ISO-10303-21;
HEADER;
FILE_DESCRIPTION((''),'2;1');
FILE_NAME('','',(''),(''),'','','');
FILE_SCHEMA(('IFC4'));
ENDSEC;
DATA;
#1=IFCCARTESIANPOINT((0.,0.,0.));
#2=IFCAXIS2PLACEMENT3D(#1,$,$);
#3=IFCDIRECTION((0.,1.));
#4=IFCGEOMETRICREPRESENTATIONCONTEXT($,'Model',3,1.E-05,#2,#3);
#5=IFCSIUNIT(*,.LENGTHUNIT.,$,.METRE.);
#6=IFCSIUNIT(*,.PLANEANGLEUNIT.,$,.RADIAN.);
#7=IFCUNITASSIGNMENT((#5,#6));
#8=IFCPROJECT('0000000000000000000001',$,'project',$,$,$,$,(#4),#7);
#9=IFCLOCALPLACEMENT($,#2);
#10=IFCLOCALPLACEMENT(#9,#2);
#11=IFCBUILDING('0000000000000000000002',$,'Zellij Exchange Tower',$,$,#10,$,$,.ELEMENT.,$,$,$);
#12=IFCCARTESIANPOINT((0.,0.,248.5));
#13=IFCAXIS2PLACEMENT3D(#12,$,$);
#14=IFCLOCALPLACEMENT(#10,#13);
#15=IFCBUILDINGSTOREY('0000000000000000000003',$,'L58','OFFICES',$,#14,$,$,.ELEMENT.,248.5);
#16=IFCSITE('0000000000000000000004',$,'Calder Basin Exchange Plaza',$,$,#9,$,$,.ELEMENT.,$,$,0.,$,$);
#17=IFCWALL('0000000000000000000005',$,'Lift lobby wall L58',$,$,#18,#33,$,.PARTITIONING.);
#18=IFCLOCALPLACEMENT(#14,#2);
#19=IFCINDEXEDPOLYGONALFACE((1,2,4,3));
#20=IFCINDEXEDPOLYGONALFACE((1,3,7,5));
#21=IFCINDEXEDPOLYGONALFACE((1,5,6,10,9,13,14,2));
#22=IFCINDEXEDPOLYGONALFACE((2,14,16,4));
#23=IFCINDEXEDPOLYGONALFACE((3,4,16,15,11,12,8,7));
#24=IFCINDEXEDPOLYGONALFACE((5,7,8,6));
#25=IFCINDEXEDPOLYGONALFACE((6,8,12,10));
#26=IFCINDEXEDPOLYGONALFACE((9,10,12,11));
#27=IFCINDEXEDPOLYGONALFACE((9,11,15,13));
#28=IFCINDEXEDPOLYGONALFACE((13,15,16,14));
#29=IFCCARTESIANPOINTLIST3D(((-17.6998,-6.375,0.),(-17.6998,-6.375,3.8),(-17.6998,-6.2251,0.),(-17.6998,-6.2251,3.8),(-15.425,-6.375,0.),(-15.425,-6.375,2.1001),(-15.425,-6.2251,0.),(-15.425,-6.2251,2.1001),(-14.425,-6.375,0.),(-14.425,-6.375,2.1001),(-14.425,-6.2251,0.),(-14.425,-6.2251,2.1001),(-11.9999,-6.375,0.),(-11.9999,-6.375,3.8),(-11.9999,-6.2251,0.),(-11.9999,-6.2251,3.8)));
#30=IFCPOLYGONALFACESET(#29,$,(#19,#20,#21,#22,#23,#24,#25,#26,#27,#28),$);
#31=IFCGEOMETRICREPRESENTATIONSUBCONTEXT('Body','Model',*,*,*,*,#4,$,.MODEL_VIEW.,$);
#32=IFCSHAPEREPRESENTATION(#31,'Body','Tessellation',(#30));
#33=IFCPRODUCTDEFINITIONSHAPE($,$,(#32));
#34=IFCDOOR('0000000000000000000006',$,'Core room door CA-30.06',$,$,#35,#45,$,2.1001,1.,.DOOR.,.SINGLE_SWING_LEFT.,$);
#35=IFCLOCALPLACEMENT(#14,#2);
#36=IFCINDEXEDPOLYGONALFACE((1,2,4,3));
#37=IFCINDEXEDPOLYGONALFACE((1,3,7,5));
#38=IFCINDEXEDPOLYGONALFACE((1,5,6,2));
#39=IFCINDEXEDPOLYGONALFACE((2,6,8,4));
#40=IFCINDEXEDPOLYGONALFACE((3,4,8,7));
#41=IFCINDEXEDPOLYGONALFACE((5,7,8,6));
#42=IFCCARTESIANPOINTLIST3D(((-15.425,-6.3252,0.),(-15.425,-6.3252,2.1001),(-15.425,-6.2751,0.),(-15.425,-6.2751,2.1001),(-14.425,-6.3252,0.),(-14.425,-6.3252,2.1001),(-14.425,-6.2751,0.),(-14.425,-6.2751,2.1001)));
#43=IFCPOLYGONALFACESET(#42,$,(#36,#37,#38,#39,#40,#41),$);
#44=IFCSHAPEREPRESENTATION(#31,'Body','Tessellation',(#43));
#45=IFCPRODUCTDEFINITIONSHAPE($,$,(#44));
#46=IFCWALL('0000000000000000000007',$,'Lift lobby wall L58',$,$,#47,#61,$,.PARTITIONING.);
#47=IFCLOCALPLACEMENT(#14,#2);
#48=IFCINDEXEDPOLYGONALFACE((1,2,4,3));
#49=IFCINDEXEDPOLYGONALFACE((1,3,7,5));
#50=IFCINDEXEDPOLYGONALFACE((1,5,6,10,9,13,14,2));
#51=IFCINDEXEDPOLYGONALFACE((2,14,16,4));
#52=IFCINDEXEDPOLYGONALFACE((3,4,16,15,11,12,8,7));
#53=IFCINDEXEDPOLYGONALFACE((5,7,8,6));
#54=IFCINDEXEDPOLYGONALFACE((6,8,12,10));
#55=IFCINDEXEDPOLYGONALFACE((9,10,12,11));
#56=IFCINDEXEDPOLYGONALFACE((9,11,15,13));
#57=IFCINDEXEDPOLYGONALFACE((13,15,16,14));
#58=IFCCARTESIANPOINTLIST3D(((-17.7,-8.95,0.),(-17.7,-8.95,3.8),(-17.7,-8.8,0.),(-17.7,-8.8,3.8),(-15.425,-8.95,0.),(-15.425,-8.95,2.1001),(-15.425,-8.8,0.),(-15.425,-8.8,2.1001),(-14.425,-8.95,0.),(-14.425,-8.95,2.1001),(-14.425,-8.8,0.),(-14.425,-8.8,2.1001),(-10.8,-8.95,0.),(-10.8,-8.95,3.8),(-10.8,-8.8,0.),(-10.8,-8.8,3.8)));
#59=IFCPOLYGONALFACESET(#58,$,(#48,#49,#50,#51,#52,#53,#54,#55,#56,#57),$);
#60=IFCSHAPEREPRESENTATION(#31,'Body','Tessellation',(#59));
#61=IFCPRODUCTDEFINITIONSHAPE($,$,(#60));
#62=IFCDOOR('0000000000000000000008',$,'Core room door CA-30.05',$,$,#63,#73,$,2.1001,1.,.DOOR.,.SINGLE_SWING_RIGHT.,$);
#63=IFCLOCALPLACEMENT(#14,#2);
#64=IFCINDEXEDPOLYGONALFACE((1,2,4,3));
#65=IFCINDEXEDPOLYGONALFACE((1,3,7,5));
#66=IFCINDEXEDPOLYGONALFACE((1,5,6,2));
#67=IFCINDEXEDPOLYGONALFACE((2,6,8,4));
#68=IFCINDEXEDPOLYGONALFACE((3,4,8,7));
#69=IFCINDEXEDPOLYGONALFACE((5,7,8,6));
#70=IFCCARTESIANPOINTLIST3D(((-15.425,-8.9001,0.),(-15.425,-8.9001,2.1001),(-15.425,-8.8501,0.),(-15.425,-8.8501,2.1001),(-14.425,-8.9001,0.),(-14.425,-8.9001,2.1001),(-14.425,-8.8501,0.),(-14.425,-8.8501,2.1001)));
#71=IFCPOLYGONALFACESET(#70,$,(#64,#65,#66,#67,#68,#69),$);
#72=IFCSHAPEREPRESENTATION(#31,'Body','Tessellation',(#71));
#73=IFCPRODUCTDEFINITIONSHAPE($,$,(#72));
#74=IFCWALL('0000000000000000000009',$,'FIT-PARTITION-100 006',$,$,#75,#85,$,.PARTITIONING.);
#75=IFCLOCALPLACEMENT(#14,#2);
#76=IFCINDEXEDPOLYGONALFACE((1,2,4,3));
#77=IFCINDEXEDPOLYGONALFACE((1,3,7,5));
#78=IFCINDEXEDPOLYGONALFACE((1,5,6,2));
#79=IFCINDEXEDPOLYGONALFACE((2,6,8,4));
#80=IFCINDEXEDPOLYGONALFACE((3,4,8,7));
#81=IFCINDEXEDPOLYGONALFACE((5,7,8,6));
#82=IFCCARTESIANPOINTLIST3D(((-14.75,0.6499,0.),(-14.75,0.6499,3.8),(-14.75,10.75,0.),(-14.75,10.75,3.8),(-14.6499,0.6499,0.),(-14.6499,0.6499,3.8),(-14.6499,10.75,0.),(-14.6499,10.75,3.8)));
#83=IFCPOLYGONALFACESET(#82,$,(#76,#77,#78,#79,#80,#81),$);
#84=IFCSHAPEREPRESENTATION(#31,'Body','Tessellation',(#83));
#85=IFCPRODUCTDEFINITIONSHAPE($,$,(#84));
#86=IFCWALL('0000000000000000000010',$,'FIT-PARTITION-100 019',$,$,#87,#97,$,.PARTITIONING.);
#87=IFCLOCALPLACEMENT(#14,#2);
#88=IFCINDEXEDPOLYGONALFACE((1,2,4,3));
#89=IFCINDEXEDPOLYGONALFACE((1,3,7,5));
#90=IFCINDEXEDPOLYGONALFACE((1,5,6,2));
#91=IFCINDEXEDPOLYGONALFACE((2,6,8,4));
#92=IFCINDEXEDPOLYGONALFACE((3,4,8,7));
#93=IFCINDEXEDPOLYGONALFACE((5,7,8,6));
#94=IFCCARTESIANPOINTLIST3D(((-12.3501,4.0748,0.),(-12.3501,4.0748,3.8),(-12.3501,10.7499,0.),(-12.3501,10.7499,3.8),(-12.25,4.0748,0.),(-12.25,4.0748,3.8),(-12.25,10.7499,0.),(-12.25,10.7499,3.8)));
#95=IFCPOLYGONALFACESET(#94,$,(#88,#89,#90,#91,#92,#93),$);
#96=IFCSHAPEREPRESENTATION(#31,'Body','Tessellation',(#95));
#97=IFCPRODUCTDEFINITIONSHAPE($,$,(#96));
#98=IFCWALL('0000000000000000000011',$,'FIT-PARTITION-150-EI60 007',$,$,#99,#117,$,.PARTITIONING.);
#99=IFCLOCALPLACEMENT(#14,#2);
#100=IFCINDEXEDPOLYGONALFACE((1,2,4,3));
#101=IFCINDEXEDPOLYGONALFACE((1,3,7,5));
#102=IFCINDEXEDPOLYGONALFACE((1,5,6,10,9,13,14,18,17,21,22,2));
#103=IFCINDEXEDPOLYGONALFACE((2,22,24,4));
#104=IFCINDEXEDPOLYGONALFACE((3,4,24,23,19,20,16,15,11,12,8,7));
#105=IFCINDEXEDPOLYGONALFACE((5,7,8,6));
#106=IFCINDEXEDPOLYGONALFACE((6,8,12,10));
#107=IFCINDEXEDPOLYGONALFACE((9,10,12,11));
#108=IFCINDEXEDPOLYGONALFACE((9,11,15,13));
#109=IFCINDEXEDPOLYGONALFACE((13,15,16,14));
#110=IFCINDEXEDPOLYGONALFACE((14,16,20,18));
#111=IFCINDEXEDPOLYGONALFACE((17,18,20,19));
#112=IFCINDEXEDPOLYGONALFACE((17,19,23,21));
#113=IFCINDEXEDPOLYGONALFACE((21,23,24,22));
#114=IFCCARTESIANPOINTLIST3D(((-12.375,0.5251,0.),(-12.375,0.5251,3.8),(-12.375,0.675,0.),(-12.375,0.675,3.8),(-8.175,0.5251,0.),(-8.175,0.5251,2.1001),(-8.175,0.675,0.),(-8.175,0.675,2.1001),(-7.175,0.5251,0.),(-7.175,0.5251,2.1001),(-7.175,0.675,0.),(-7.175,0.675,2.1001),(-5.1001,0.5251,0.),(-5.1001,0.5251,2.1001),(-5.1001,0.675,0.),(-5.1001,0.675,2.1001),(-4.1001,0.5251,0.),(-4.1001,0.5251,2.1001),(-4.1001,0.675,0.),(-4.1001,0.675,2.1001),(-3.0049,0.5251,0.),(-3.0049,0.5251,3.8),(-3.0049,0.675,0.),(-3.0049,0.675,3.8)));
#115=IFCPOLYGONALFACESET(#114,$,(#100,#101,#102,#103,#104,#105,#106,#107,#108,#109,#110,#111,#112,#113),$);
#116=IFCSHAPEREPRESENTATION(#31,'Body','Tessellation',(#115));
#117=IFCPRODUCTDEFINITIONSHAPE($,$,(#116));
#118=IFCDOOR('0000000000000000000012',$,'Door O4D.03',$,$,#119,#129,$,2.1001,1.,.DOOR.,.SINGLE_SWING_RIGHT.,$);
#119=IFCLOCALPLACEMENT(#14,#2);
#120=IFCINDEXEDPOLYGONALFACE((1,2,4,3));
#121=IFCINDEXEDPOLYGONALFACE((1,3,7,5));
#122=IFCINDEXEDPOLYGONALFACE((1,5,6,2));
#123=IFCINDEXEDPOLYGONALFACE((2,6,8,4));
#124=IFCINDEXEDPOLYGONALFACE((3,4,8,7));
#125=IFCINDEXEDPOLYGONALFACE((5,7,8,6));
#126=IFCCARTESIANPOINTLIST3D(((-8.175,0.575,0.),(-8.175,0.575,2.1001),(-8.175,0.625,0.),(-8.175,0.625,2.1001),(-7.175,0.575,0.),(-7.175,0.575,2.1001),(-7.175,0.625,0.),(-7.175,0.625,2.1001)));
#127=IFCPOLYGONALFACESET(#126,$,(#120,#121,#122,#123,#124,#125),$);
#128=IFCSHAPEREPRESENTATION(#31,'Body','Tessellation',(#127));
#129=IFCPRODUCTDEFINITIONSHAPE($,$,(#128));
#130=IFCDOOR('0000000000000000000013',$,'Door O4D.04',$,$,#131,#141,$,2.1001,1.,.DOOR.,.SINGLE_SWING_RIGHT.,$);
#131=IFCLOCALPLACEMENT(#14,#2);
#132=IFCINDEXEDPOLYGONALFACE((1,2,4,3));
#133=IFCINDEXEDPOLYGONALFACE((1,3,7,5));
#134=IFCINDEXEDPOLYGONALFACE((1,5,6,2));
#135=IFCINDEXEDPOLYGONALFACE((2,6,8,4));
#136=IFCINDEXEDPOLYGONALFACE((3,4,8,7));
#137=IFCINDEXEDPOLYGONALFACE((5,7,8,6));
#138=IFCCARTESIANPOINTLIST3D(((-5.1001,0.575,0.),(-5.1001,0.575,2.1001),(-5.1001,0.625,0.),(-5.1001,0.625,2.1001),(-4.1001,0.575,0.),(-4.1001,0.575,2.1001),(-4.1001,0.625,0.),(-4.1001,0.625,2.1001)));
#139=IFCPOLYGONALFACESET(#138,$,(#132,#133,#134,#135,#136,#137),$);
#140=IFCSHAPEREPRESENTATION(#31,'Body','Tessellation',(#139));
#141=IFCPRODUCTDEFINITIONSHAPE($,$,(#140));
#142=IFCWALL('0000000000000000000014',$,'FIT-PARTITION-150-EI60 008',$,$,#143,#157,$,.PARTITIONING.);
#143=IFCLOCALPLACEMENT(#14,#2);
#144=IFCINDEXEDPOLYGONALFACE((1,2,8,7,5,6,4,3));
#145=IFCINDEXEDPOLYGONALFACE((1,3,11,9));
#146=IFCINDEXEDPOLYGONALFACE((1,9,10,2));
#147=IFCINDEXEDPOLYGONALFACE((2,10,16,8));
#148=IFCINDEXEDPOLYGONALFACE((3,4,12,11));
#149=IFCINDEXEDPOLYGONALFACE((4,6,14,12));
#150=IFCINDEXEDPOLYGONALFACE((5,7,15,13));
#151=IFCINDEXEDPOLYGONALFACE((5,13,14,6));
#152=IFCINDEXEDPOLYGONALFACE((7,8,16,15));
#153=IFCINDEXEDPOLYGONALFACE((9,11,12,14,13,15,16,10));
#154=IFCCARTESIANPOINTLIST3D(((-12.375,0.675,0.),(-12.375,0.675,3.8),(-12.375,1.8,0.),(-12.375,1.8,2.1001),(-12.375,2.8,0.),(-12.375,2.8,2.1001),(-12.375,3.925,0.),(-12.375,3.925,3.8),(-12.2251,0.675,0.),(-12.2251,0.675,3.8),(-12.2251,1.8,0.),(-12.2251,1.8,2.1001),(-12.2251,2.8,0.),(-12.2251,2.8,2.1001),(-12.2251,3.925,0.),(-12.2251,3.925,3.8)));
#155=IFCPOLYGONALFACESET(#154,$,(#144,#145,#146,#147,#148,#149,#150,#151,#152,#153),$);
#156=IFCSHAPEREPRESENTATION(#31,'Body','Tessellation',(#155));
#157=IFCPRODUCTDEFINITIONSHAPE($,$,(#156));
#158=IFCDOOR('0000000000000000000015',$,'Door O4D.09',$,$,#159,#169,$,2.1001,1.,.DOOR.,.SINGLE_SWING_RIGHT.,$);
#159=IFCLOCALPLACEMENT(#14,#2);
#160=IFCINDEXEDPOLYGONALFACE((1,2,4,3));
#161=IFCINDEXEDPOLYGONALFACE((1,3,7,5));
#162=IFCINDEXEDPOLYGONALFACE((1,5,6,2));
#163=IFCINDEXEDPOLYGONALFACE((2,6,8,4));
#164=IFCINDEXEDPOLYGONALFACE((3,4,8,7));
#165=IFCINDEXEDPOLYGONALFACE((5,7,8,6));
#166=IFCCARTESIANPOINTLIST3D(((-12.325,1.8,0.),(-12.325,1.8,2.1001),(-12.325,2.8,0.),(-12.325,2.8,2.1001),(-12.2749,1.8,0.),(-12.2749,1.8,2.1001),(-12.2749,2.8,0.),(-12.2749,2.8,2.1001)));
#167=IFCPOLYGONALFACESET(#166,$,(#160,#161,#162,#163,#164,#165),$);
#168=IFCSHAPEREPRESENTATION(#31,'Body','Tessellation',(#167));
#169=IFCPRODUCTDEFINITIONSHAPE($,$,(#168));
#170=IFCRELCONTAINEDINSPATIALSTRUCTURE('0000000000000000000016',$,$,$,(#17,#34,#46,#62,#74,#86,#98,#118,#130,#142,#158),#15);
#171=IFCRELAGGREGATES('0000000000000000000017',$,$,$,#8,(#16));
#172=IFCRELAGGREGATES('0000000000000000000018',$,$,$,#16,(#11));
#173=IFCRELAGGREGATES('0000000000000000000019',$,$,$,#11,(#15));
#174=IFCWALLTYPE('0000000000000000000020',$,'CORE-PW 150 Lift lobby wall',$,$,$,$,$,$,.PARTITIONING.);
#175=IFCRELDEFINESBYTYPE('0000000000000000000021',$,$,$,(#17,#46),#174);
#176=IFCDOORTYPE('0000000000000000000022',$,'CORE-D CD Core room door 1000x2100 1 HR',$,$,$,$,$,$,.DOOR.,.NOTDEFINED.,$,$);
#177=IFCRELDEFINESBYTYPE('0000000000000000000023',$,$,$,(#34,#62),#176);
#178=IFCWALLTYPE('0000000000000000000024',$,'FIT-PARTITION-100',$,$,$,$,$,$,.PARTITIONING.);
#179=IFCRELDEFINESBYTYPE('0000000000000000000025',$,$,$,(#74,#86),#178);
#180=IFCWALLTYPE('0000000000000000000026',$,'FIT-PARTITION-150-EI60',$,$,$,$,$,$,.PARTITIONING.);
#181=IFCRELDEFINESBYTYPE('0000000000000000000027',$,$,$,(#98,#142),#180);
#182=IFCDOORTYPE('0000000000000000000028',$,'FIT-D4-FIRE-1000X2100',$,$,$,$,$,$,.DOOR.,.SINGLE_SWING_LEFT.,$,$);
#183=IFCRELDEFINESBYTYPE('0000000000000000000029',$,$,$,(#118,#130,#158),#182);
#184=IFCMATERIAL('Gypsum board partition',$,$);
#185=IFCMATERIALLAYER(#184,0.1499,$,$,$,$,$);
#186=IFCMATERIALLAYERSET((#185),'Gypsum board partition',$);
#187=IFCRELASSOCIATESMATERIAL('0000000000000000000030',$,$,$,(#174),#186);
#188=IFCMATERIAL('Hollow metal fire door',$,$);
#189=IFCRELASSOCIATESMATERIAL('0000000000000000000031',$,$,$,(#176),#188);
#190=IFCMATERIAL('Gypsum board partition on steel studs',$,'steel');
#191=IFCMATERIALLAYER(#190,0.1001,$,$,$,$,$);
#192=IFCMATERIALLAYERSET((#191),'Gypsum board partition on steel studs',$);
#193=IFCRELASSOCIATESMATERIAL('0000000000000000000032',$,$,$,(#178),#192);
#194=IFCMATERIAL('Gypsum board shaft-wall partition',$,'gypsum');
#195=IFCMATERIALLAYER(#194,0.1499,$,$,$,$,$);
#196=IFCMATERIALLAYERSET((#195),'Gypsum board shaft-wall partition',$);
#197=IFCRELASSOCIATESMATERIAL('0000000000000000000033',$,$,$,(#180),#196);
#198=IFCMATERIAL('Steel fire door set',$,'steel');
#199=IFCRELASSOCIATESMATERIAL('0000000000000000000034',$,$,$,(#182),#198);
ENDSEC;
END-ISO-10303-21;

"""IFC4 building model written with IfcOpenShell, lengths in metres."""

from ifc_helpers import new_model, si_unit, direction, frame, frame_2d, origin, place, context, subcontext, project, spatial, rectangle, extrude, material, layer, layer_set, type_object, element, fill, save


model = new_model("IFC4")

# Units and contexts
model_context = context("Model", 3, precision=1e-05, world=origin(), true_north=direction((0.0, 1.0)))
body_context = subcontext(model_context, "Body", "Model", "MODEL_VIEW")
ifc_project = project(units=[si_unit("LENGTHUNIT", "METRE"), si_unit("PLANEANGLEUNIT", "RADIAN")], contexts=[model_context])

# Site, building, storey
site_placement = place(None, origin())
site = spatial("IfcSite", under=ifc_project, at=site_placement, Name="Calder Basin Exchange Plaza", CompositionType="ELEMENT", RefElevation=0.0)
building_placement = place(site_placement, origin())
building = spatial("IfcBuilding", under=site, at=building_placement, Name="Zellij Exchange Tower", CompositionType="ELEMENT")
storey_placement = place(building_placement, frame((0.0, 0.0, 248.5)))
storey = spatial("IfcBuildingStorey", under=building, at=storey_placement, Name="L58", Description="OFFICES", CompositionType="ELEMENT", Elevation=248.5)

# Shared definitions
ifc_material_1 = material(Name="Gypsum board partition")
ifc_layer_1 = layer(ifc_material_1, 0.1499)
ifc_layer_set_1 = layer_set([ifc_layer_1], Name="Gypsum board partition")
wall_type_1 = type_object("IfcWallType", Name="CORE-PW 150 Lift lobby wall", PredefinedType="PARTITIONING", material=ifc_layer_set_1)

# Shared definitions
ifc_material_2 = material(Name="Hollow metal fire door")

# Walls, openings, doors
wall_1_placement = place(storey_placement, frame((-17.7, -6.3, 0.0), z_axis=(0.0, 0.0, 1.0), x_axis=(1.0, 0.0, 0.0)))
wall_1 = element("IfcWall", 1, at=wall_1_placement, inside=storey, type_object=wall_type_1, Name="Lift lobby wall L58", PredefinedType="PARTITIONING", context=body_context, shape_type="SweptSolid", body=[
    extrude(rectangle(XDim=5.7, YDim=0.1499, at=frame_2d((2.8501, 0.0))), origin(), (0.0, 0.0, 1.0), 3.8),
])
opening_1_placement = place(wall_1_placement, frame((2.2749, 0.0, 0.0)))
opening_1 = element("IfcOpeningElement", 2, at=opening_1_placement, cuts=wall_1, PredefinedType="OPENING", context=body_context, shape_type="SweptSolid", body=[
    extrude(rectangle(XDim=1.0, YDim=2.1001, at=frame_2d((0.5, 1.05))), frame((0.0, 0.0869, 0.0), z_axis=(0.0, -1.0, 0.0), x_axis=(1.0, 0.0, 0.0)), (0.0, 0.0, 1.0), 0.1738),
])
door_type_1 = type_object("IfcDoorType", Name="CORE-D CD Core room door 1000x2100 1 HR", OperationType="NOTDEFINED", PredefinedType="DOOR", material=ifc_material_2)
door_1_placement = place(opening_1_placement, origin())
door_1 = element("IfcDoor", 3, at=door_1_placement, inside=storey, type_object=door_type_1, Name="Core room door CA-30.06", OperationType="SINGLE_SWING_LEFT", OverallHeight=2.1001, OverallWidth=1.0, PredefinedType="DOOR", context=body_context, shape_type="SweptSolid", body=[
    extrude(rectangle(XDim=1.0, YDim=2.1001, at=frame_2d((0.5, 1.05))), frame((0.0, 0.0249, 0.0), z_axis=(0.0, -1.0, 0.0), x_axis=(1.0, 0.0, 0.0)), (0.0, 0.0, 1.0), 0.05),
])
fill(opening_1, door_1)
wall_2_placement = place(storey_placement, frame((-17.7, -8.875, 0.0), z_axis=(0.0, 0.0, 1.0), x_axis=(1.0, 0.0, 0.0)))
wall_2 = element("IfcWall", 4, at=wall_2_placement, inside=storey, type_object=wall_type_1, Name="Lift lobby wall L58", PredefinedType="PARTITIONING", context=body_context, shape_type="SweptSolid", body=[
    extrude(rectangle(XDim=6.8999, YDim=0.1499, at=frame_2d((3.45, 0.0))), origin(), (0.0, 0.0, 1.0), 3.8),
])
opening_2_placement = place(wall_2_placement, frame((2.2749, 0.0, 0.0)))
opening_2 = element("IfcOpeningElement", 5, at=opening_2_placement, cuts=wall_2, PredefinedType="OPENING", context=body_context, shape_type="SweptSolid", body=[
    extrude(rectangle(XDim=1.0, YDim=2.1001, at=frame_2d((0.5, 1.05))), frame((0.0, 0.0869, 0.0), z_axis=(0.0, -1.0, 0.0), x_axis=(1.0, 0.0, 0.0)), (0.0, 0.0, 1.0), 0.1738),
])
door_2_placement = place(opening_2_placement, origin())
door_2 = element("IfcDoor", 6, at=door_2_placement, inside=storey, type_object=door_type_1, Name="Core room door CA-30.05", OperationType="SINGLE_SWING_RIGHT", OverallHeight=2.1001, OverallWidth=1.0, PredefinedType="DOOR", context=body_context, shape_type="SweptSolid", body=[
    extrude(rectangle(XDim=1.0, YDim=2.1001, at=frame_2d((0.5, 1.05))), frame((0.0, 0.0249, 0.0), z_axis=(0.0, -1.0, 0.0), x_axis=(1.0, 0.0, 0.0)), (0.0, 0.0, 1.0), 0.05),
])
fill(opening_2, door_2)

# Walls
ifc_material_3 = material(Name="Gypsum board partition on steel studs", Category="steel")
ifc_layer_2 = layer(ifc_material_3, 0.1001)
ifc_layer_set_2 = layer_set([ifc_layer_2], Name="Gypsum board partition on steel studs")
wall_type_2 = type_object("IfcWallType", Name="FIT-PARTITION-100", PredefinedType="PARTITIONING", material=ifc_layer_set_2)
wall_3_placement = place(storey_placement, frame((-14.7, 0.6499, 0.0), z_axis=(0.0, 0.0, 1.0), x_axis=(0.0, 1.0, 0.0)))
element("IfcWall", 7, at=wall_3_placement, inside=storey, type_object=wall_type_2, Name="FIT-PARTITION-100 006", PredefinedType="PARTITIONING", context=body_context, shape_type="SweptSolid", body=[
    extrude(rectangle(XDim=10.1001, YDim=0.1001, at=frame_2d((5.05, 0.0))), origin(), (0.0, 0.0, 1.0), 3.8),
])
wall_4_placement = place(storey_placement, frame((-12.3, 4.075, 0.0), z_axis=(0.0, 0.0, 1.0), x_axis=(0.0, 1.0, 0.0)))
element("IfcWall", 8, at=wall_4_placement, inside=storey, type_object=wall_type_2, Name="FIT-PARTITION-100 019", PredefinedType="PARTITIONING", context=body_context, shape_type="SweptSolid", body=[
    extrude(rectangle(XDim=6.675, YDim=0.1001, at=frame_2d((3.3374, 0.0))), origin(), (0.0, 0.0, 1.0), 3.8),
])

# Wall, openings, doors
ifc_material_4 = material(Name="Gypsum board shaft-wall partition", Category="gypsum")
ifc_layer_3 = layer(ifc_material_4, 0.1499)
ifc_layer_set_3 = layer_set([ifc_layer_3], Name="Gypsum board shaft-wall partition")
wall_type_3 = type_object("IfcWallType", Name="FIT-PARTITION-150-EI60", PredefinedType="PARTITIONING", material=ifc_layer_set_3)
wall_5_placement = place(storey_placement, frame((-12.375, 0.6001, 0.0), z_axis=(0.0, 0.0, 1.0), x_axis=(1.0, 0.0, 0.0)))
wall_5 = element("IfcWall", 9, at=wall_5_placement, inside=storey, type_object=wall_type_3, Name="FIT-PARTITION-150-EI60 007", PredefinedType="PARTITIONING", context=body_context, shape_type="SweptSolid", body=[
    extrude(rectangle(XDim=9.3701, YDim=0.1499, at=frame_2d((4.6851, 0.0))), origin(), (0.0, 0.0, 1.0), 3.8),
])
opening_3_placement = place(wall_5_placement, frame((4.2, 0.0, 0.0)))
opening_3 = element("IfcOpeningElement", 10, at=opening_3_placement, cuts=wall_5, PredefinedType="OPENING", context=body_context, shape_type="SweptSolid", body=[
    extrude(rectangle(XDim=1.0, YDim=2.1001, at=frame_2d((0.5, 1.05))), frame((0.0, 0.0869, 0.0), z_axis=(0.0, -1.0, 0.0), x_axis=(1.0, 0.0, 0.0)), (0.0, 0.0, 1.0), 0.1738),
])
opening_4_placement = place(wall_5_placement, frame((7.2749, 0.0, 0.0)))
opening_4 = element("IfcOpeningElement", 11, at=opening_4_placement, cuts=wall_5, PredefinedType="OPENING", context=body_context, shape_type="SweptSolid", body=[
    extrude(rectangle(XDim=1.0, YDim=2.1001, at=frame_2d((0.5, 1.05))), frame((0.0, 0.0869, 0.0), z_axis=(0.0, -1.0, 0.0), x_axis=(1.0, 0.0, 0.0)), (0.0, 0.0, 1.0), 0.1738),
])
ifc_material_5 = material(Name="Steel fire door set", Category="steel")
door_type_2 = type_object("IfcDoorType", Name="FIT-D4-FIRE-1000X2100", OperationType="SINGLE_SWING_LEFT", PredefinedType="DOOR", material=ifc_material_5)
door_3_placement = place(opening_3_placement, origin())
door_3 = element("IfcDoor", 12, at=door_3_placement, inside=storey, type_object=door_type_2, Name="Door O4D.03", OperationType="SINGLE_SWING_RIGHT", OverallHeight=2.1001, OverallWidth=1.0, PredefinedType="DOOR", context=body_context, shape_type="SweptSolid", body=[
    extrude(rectangle(XDim=1.0, YDim=2.1001, at=frame_2d((0.5, 1.05))), frame((0.0, 0.0249, 0.0), z_axis=(0.0, -1.0, 0.0), x_axis=(1.0, 0.0, 0.0)), (0.0, 0.0, 1.0), 0.05),
])
fill(opening_3, door_3)
door_4_placement = place(opening_4_placement, origin())
door_4 = element("IfcDoor", 13, at=door_4_placement, inside=storey, type_object=door_type_2, Name="Door O4D.04", OperationType="SINGLE_SWING_RIGHT", OverallHeight=2.1001, OverallWidth=1.0, PredefinedType="DOOR", context=body_context, shape_type="SweptSolid", body=[
    extrude(rectangle(XDim=1.0, YDim=2.1001, at=frame_2d((0.5, 1.05))), frame((0.0, 0.0249, 0.0), z_axis=(0.0, -1.0, 0.0), x_axis=(1.0, 0.0, 0.0)), (0.0, 0.0, 1.0), 0.05),
])
fill(opening_4, door_4)

# Wall, opening, door
wall_6_placement = place(storey_placement, frame((-12.3, 0.675, 0.0), z_axis=(0.0, 0.0, 1.0), x_axis=(0.0, 1.0, 0.0)))
wall_6 = element("IfcWall", 14, at=wall_6_placement, inside=storey, type_object=wall_type_3, Name="FIT-PARTITION-150-EI60 008", PredefinedType="PARTITIONING", context=body_context, shape_type="SweptSolid", body=[
    extrude(rectangle(XDim=3.25, YDim=0.1499, at=frame_2d((1.625, 0.0))), origin(), (0.0, 0.0, 1.0), 3.8),
])
opening_5_placement = place(wall_6_placement, frame((1.125, 0.0, 0.0)))
opening_5 = element("IfcOpeningElement", 15, at=opening_5_placement, cuts=wall_6, PredefinedType="OPENING", context=body_context, shape_type="SweptSolid", body=[
    extrude(rectangle(XDim=1.0, YDim=2.1001, at=frame_2d((0.5, 1.05))), frame((0.0, 0.0869, 0.0), z_axis=(0.0, -1.0, 0.0), x_axis=(1.0, 0.0, 0.0)), (0.0, 0.0, 1.0), 0.1738),
])
door_5_placement = place(opening_5_placement, origin())
door_5 = element("IfcDoor", 16, at=door_5_placement, inside=storey, type_object=door_type_2, Name="Door O4D.09", OperationType="SINGLE_SWING_RIGHT", OverallHeight=2.1001, OverallWidth=1.0, PredefinedType="DOOR", context=body_context, shape_type="SweptSolid", body=[
    extrude(rectangle(XDim=1.0, YDim=2.1001, at=frame_2d((0.5, 1.05))), frame((0.0, 0.0249, 0.0), z_axis=(0.0, -1.0, 0.0), x_axis=(1.0, 0.0, 0.0)), (0.0, 0.0, 1.0), 0.05),
])
fill(opening_5, door_5)

save(model, "model.ifc")
